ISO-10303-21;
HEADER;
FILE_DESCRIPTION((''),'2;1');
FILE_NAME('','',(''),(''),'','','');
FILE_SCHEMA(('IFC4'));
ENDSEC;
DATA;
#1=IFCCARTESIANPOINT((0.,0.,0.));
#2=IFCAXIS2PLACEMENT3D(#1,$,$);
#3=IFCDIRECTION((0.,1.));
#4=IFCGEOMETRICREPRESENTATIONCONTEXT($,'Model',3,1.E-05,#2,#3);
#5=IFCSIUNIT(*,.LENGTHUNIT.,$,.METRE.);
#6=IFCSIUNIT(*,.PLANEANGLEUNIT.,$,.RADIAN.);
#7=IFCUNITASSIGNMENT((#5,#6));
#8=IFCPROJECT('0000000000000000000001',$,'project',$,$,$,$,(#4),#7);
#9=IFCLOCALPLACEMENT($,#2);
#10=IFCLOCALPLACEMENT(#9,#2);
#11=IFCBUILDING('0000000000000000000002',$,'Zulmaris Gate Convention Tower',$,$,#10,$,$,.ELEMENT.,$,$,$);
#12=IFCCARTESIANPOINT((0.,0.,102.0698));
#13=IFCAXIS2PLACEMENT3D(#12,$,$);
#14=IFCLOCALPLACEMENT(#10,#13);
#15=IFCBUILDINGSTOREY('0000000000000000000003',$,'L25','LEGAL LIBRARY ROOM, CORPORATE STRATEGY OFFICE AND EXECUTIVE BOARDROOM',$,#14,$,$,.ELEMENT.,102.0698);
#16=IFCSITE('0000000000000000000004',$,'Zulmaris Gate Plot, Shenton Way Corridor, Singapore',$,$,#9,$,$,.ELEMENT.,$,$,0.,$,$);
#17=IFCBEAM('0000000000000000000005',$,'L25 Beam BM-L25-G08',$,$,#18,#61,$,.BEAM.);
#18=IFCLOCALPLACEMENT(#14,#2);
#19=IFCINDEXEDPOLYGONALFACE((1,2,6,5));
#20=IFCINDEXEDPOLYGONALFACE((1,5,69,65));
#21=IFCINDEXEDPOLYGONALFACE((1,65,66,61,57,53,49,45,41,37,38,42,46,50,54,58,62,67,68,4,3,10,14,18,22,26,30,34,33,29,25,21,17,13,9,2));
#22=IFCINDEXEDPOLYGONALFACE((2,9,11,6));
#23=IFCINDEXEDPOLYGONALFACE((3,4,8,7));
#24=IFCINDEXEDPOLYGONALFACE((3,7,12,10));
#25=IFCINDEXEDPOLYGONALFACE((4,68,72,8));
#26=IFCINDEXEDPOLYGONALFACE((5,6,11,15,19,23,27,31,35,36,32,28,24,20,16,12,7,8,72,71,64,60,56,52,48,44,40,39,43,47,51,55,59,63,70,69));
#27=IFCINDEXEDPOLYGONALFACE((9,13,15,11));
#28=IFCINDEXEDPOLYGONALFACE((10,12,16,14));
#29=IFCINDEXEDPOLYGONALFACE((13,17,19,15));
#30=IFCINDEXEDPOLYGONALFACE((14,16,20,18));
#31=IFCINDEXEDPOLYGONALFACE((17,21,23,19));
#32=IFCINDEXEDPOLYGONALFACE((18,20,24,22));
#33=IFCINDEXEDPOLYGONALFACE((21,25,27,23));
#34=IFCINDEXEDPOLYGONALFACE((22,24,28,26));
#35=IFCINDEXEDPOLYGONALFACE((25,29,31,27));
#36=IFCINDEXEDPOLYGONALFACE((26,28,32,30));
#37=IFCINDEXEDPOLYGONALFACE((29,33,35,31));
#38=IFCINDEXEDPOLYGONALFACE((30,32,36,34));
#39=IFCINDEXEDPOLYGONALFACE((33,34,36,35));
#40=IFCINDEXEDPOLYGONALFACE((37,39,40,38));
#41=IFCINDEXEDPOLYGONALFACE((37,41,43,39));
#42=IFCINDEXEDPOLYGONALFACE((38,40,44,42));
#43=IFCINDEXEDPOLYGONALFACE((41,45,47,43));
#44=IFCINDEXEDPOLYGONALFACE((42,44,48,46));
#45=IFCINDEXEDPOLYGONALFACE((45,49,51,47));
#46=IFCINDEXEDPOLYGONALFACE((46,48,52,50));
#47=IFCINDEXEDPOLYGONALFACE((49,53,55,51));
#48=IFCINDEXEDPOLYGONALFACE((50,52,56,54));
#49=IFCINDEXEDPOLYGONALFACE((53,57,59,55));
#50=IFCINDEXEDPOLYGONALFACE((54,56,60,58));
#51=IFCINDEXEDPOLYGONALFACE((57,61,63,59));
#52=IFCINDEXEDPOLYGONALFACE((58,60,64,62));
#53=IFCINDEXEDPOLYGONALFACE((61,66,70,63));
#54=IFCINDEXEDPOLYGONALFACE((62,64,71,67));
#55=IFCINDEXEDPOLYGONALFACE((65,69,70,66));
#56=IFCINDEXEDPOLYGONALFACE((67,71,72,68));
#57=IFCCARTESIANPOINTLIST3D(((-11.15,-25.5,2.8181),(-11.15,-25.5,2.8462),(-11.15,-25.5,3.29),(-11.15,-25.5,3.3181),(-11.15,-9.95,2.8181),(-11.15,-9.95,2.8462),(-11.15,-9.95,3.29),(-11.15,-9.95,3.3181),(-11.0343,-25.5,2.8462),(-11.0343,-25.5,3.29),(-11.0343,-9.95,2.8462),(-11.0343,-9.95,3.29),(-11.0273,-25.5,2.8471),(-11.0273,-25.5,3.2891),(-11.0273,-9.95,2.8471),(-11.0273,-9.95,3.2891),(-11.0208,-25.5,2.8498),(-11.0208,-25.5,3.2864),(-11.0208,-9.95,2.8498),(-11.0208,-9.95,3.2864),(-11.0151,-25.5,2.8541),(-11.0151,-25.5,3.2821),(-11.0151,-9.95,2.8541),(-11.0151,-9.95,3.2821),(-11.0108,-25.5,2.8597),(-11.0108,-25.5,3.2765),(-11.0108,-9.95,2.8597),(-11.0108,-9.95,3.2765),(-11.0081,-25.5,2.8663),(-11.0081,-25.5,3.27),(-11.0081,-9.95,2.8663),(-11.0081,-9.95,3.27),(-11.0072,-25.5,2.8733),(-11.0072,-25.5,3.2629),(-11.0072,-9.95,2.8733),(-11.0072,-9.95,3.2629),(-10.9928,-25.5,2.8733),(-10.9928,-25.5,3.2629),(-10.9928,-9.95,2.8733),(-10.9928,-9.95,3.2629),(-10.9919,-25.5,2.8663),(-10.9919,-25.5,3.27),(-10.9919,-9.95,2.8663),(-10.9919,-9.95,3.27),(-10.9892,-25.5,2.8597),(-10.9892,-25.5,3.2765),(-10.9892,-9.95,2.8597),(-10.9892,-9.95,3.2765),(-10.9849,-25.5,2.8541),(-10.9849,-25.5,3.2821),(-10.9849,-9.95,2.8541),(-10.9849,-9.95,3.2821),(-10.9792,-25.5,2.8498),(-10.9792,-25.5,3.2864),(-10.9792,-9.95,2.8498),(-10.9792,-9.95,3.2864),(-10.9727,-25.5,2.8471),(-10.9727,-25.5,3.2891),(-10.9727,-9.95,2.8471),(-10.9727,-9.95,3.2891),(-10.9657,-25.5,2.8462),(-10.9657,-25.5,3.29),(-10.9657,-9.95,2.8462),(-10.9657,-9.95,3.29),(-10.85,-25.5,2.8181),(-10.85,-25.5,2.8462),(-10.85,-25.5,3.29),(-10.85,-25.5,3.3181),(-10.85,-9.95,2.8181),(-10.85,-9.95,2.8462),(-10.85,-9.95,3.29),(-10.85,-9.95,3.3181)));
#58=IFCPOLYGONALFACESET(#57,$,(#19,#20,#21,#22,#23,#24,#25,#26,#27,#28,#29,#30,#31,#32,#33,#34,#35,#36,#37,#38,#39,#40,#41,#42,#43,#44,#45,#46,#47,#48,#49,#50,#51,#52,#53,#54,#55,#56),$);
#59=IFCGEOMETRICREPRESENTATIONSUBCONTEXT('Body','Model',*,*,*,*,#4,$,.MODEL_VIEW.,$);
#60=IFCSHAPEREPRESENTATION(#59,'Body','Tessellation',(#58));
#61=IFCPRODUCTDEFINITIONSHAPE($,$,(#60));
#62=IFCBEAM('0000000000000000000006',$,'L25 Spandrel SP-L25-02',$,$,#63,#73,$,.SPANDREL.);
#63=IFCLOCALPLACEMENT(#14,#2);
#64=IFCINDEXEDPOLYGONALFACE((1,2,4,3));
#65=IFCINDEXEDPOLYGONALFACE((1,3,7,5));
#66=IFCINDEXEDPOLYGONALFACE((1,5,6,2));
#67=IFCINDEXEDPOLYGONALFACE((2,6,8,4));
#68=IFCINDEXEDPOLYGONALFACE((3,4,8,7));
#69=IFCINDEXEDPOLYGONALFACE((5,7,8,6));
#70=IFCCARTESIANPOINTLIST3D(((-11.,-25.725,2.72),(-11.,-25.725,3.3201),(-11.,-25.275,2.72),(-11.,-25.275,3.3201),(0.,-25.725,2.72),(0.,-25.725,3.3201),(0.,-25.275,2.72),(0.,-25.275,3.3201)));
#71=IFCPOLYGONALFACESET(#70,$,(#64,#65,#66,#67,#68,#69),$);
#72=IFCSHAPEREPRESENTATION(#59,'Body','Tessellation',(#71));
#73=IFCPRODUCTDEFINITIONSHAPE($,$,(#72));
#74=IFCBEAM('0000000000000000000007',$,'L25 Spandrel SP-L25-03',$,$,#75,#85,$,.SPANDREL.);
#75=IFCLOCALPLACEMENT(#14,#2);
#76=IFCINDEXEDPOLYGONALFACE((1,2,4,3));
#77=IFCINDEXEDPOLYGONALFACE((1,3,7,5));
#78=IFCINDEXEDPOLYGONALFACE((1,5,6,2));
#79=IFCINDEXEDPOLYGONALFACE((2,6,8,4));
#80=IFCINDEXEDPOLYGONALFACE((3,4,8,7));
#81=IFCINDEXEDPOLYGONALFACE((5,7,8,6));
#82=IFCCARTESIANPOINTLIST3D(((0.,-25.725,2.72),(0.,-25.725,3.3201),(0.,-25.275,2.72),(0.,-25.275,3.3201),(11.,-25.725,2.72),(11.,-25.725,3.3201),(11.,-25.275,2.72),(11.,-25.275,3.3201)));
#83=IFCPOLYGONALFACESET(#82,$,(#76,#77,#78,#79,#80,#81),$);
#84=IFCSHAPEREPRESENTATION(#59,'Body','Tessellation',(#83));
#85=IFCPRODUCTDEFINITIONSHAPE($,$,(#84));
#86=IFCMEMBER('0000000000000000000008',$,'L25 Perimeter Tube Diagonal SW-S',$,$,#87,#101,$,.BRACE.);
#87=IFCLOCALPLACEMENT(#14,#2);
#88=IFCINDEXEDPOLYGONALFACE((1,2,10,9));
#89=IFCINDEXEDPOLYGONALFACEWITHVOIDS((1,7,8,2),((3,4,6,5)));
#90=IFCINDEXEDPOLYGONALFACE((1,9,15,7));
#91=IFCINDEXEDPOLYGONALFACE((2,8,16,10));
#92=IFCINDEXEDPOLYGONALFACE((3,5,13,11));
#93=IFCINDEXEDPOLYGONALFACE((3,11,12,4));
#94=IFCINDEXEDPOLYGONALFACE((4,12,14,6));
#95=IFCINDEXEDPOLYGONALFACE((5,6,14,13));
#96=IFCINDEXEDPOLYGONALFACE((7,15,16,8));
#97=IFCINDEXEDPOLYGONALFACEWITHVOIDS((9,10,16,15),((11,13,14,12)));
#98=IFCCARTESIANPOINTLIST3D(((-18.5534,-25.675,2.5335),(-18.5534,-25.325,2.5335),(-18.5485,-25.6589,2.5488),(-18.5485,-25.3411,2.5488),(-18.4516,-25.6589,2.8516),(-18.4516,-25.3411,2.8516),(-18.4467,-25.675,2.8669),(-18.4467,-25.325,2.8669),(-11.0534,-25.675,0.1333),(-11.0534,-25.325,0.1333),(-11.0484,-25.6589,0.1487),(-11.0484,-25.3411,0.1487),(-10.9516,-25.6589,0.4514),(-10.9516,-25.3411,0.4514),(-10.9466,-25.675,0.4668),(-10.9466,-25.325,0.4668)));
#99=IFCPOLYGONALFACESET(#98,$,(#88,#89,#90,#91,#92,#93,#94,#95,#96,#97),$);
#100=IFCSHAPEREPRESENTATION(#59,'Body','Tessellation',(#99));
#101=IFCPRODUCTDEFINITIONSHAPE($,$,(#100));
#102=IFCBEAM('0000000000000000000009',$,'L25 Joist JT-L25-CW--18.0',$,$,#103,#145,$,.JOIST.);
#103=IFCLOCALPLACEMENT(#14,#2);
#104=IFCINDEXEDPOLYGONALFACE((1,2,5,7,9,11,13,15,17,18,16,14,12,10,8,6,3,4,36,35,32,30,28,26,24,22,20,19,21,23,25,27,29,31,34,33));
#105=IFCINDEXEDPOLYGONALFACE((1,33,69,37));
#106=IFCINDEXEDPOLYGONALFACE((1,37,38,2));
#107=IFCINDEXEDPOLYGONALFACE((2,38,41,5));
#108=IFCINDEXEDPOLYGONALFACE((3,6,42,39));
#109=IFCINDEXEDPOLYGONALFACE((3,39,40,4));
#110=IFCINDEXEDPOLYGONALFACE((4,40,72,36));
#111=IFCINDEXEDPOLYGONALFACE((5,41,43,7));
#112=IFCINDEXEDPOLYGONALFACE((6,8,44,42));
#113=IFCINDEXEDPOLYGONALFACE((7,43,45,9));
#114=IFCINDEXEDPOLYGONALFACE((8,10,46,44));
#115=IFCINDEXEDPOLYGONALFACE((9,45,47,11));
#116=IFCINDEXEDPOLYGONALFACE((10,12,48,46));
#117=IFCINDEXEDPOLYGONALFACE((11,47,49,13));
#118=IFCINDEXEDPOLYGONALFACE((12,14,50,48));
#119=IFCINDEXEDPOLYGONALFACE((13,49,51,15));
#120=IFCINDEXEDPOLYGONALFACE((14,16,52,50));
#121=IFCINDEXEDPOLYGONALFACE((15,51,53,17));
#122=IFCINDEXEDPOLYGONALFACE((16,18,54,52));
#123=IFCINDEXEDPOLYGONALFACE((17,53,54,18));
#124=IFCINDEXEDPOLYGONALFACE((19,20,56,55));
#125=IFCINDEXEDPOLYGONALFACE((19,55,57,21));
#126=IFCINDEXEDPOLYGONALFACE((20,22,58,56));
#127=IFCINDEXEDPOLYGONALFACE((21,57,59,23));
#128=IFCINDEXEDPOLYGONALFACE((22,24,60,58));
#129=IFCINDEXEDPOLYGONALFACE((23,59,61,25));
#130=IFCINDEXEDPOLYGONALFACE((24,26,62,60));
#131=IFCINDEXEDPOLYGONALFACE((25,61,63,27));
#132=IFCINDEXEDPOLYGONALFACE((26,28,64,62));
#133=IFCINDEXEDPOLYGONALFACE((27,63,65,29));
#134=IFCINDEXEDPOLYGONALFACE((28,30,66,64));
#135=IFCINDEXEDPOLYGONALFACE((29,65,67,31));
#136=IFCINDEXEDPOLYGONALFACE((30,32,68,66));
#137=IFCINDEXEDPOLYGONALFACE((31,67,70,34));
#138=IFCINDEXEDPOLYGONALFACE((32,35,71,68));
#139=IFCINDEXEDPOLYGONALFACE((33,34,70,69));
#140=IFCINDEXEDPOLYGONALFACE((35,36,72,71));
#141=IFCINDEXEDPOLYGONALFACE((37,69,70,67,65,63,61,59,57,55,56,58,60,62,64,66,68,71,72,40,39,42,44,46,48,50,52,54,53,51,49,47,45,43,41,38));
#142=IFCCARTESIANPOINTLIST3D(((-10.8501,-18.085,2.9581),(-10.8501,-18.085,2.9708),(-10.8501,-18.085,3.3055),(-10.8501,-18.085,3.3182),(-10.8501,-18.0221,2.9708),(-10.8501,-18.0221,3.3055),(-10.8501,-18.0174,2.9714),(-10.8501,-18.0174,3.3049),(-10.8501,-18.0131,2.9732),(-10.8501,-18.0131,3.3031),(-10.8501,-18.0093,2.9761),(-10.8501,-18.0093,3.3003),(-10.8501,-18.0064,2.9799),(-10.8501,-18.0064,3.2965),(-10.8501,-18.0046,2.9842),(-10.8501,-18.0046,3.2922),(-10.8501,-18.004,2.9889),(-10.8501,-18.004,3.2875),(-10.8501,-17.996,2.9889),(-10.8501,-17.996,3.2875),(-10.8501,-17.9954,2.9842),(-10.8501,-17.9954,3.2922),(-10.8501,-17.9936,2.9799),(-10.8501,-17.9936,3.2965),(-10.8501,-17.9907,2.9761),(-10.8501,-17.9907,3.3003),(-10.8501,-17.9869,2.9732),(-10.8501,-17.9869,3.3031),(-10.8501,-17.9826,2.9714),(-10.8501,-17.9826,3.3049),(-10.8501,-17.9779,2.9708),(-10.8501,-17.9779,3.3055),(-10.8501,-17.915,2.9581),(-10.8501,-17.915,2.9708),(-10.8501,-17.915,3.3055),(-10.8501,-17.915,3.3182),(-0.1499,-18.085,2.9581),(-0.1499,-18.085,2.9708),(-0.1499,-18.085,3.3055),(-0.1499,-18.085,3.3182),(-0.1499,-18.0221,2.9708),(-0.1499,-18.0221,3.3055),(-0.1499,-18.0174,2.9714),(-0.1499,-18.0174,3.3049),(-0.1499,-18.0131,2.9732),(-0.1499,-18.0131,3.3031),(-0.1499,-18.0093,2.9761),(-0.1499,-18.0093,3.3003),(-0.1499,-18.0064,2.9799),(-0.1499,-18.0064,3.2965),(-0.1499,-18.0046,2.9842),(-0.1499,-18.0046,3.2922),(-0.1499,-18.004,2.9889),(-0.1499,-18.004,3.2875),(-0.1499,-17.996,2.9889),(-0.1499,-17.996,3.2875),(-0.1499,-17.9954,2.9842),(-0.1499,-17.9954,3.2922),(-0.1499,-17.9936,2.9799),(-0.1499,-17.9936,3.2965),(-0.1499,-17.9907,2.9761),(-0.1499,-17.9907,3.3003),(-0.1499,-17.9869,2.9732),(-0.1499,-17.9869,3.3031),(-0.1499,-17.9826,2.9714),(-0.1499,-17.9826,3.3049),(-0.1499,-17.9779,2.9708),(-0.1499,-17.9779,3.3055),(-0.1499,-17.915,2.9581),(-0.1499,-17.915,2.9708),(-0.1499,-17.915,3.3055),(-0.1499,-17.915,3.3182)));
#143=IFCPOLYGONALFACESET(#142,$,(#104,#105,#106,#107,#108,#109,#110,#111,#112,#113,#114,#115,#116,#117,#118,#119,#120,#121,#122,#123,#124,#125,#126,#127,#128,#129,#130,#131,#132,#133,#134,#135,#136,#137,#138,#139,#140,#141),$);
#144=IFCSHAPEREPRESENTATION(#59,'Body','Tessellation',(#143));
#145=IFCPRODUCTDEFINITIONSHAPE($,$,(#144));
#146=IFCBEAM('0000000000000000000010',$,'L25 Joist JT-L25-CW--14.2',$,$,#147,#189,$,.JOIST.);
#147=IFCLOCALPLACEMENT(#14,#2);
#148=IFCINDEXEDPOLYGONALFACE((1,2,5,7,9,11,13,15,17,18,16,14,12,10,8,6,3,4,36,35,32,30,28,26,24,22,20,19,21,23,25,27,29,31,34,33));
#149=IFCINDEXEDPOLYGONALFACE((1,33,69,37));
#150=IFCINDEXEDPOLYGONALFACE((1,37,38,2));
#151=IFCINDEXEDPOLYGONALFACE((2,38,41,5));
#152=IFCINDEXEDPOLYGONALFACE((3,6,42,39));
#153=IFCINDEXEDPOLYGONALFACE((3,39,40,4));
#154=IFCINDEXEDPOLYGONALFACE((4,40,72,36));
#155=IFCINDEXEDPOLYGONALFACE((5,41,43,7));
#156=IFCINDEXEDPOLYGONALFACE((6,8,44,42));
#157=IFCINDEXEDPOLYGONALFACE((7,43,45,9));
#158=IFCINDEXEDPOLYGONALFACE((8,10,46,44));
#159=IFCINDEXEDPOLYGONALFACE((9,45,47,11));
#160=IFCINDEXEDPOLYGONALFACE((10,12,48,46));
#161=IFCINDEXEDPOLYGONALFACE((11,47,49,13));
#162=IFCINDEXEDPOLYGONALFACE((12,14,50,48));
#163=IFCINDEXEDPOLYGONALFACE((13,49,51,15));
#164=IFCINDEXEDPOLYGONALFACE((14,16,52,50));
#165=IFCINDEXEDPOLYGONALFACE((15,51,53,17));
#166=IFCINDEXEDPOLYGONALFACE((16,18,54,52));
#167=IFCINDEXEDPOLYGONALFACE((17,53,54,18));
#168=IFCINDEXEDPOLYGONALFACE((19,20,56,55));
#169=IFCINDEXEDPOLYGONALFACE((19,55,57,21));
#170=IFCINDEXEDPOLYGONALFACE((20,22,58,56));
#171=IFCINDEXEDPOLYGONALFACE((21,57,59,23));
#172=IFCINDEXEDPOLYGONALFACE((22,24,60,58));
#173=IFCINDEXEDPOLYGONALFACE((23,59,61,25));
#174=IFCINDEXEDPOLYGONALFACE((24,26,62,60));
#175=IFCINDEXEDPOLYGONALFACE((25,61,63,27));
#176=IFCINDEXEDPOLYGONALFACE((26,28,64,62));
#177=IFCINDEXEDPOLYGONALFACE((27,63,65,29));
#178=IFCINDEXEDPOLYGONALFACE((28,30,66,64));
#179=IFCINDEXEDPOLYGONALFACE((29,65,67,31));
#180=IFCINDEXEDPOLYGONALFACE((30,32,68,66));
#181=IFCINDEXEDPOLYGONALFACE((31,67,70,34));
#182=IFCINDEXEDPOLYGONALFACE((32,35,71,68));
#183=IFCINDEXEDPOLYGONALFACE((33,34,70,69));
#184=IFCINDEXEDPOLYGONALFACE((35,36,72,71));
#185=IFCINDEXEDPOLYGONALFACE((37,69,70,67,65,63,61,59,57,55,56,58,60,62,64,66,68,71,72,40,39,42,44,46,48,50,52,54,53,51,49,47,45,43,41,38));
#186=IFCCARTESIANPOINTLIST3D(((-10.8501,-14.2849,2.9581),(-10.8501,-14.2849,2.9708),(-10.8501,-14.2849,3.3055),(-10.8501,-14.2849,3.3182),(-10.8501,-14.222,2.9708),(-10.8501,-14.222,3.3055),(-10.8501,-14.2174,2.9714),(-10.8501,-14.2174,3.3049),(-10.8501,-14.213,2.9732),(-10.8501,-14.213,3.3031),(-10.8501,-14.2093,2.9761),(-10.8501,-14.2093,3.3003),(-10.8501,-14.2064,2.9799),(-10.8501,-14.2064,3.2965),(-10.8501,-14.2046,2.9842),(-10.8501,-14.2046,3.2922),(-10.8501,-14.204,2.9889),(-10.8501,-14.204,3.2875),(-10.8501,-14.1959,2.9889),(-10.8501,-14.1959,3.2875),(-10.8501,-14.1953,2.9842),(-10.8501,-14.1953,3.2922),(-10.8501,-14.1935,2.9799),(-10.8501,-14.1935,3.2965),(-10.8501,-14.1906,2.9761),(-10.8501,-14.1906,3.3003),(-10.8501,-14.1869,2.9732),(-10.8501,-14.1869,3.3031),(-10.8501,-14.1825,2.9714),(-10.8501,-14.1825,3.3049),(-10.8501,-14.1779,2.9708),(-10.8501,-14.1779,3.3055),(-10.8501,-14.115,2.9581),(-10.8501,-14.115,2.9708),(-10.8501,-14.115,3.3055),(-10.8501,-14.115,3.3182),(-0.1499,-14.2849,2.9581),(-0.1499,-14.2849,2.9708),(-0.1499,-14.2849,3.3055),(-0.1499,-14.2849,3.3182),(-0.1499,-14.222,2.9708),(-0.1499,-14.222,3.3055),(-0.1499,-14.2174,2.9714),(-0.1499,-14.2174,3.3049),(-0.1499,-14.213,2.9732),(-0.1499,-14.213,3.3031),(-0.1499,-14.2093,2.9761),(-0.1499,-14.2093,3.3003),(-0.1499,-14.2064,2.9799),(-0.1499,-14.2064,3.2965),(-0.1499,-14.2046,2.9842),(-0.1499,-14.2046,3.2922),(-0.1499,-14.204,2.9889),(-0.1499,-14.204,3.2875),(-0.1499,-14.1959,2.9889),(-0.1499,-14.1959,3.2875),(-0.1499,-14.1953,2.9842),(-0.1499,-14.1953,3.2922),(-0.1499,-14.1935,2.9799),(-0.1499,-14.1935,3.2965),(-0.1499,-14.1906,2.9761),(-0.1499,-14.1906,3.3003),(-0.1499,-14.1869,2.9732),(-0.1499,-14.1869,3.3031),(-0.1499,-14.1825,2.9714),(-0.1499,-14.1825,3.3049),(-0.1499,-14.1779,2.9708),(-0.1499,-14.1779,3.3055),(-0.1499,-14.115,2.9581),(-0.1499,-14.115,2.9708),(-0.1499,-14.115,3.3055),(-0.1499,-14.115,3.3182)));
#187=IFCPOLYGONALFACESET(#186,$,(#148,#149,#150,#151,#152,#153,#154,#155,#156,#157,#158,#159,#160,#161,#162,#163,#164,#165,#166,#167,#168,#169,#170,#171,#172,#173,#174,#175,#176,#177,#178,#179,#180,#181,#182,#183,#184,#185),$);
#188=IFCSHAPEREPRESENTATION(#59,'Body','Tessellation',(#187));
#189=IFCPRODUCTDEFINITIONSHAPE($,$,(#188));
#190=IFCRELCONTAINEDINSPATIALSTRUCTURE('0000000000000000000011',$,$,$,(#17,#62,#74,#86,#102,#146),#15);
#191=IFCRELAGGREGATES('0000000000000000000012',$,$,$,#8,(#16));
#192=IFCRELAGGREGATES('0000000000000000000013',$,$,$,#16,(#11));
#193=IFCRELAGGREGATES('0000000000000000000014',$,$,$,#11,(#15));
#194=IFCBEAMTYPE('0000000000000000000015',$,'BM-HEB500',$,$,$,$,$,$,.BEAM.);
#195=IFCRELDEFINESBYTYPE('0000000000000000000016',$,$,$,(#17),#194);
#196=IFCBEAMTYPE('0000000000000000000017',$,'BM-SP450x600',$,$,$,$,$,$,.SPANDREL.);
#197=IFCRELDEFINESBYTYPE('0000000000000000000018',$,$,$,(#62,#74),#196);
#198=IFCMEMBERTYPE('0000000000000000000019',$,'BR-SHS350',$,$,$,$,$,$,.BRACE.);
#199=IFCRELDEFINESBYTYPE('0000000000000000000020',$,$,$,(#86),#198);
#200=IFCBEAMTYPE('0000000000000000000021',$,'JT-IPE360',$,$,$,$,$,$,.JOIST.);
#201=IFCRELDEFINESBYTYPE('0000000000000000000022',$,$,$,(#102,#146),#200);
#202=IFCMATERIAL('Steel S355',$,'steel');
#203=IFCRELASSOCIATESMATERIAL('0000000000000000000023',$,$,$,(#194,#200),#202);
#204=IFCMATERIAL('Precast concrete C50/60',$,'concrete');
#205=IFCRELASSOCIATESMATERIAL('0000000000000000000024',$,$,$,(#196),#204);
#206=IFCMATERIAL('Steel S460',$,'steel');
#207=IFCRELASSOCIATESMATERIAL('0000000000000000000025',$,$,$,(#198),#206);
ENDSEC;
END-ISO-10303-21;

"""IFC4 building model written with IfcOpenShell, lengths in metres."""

from ifc_helpers import new_model, si_unit, direction, frame, origin, origin_2d, place, context, subcontext, project, spatial, rectangle, hollow_rectangle, i_section, extrude, material, material_profile, profile_set, type_object, element, save


model = new_model("IFC4")

# Units and contexts
model_context = context("Model", 3, precision=1e-05, world=origin(), true_north=direction((0.0, 1.0)))
body_context = subcontext(model_context, "Body", "Model", "MODEL_VIEW")
ifc_project = project(units=[si_unit("LENGTHUNIT", "METRE"), si_unit("PLANEANGLEUNIT", "RADIAN")], contexts=[model_context])

# Site, building, storey
site_placement = place(None, origin())
site = spatial("IfcSite", under=ifc_project, at=site_placement, Name="Zulmaris Gate Plot, Shenton Way Corridor, Singapore", CompositionType="ELEMENT", RefElevation=0.0)
building_placement = place(site_placement, origin())
building = spatial("IfcBuilding", under=site, at=building_placement, Name="Zulmaris Gate Convention Tower", CompositionType="ELEMENT")
storey_placement = place(building_placement, frame((0.0, 0.0, 102.0698)))
storey = spatial("IfcBuildingStorey", under=building, at=storey_placement, Name="L25", Description="LEGAL LIBRARY ROOM, CORPORATE STRATEGY OFFICE AND EXECUTIVE BOARDROOM", CompositionType="ELEMENT", Elevation=102.0698)

# Beams
ifc_material_1 = material(Name="Steel S355", Category="steel")
ifc_material_profile_1 = material_profile(ifc_material_1, i_section(OverallWidth=0.3, OverallDepth=0.5, WebThickness=0.0144, FlangeThickness=0.0281, FilletRadius=0.0271, at=origin_2d()), Name="HEB 500")
ifc_profile_set_1 = profile_set([ifc_material_profile_1], Name="Steel S355")
beam_type_1 = type_object("IfcBeamType", Name="BM-HEB500", PredefinedType="BEAM", material=ifc_profile_set_1)
beam_1_placement = place(storey_placement, frame((-11.0, -25.5, 3.0681), z_axis=(0.0, 1.0, 0.0), x_axis=(-1.0, 0.0, 0.0)))
element("IfcBeam", 1, at=beam_1_placement, inside=storey, type_object=beam_type_1, Name="L25 Beam BM-L25-G08", PredefinedType="BEAM", context=body_context, shape_type="SweptSolid", body=[
    extrude(i_section(OverallWidth=0.3, OverallDepth=0.5, WebThickness=0.0144, FlangeThickness=0.0281, FilletRadius=0.0271, at=origin_2d()), origin(), (0.0, 0.0, 1.0), 15.55),
])
ifc_material_2 = material(Name="Precast concrete C50/60", Category="concrete")
ifc_material_profile_2 = material_profile(ifc_material_2, rectangle(XDim=0.45, YDim=0.6001, at=origin_2d()), Name="RC SPANDREL 450x600")
ifc_profile_set_2 = profile_set([ifc_material_profile_2], Name="Precast concrete C50/60")
beam_type_2 = type_object("IfcBeamType", Name="BM-SP450x600", PredefinedType="SPANDREL", material=ifc_profile_set_2)
for number, where, z_axis, x_axis, name in (
    (2, (-11.0, -25.5, 3.02), (1.0, 0.0, 0.0), (0.0, 1.0, 0.0), "L25 Spandrel SP-L25-02"),
    (3, (0.0, -25.5, 3.02), (1.0, 0.0, 0.0), (0.0, 1.0, 0.0), "L25 Spandrel SP-L25-03"),
):
    element("IfcBeam", number, at=place(storey_placement, frame(where, z_axis=z_axis, x_axis=x_axis)), inside=storey, type_object=beam_type_2, Name=name, PredefinedType="SPANDREL", context=body_context, shape_type="SweptSolid", body=[
        extrude(rectangle(XDim=0.45, YDim=0.6001, at=origin_2d()), origin(), (0.0, 0.0, 1.0), 11.0),
    ])

# Member
ifc_material_3 = material(Name="Steel S460", Category="steel")
ifc_material_profile_3 = material_profile(ifc_material_3, hollow_rectangle(XDim=0.3501, YDim=0.3501, WallThickness=0.0161, at=origin_2d()), Name="SHS 350x350x16")
ifc_profile_set_3 = profile_set([ifc_material_profile_3], Name="Steel S460")
member_type = type_object("IfcMemberType", Name="BR-SHS350", PredefinedType="BRACE", material=ifc_profile_set_3)
member_placement = place(storey_placement, frame((-11.0, -25.5, 0.3), z_axis=(-0.952419, 0.0, 0.304793), x_axis=(0.0, -1.0, 0.0)))
element("IfcMember", 4, at=member_placement, inside=storey, type_object=member_type, Name="L25 Perimeter Tube Diagonal SW-S", PredefinedType="BRACE", context=body_context, shape_type="SweptSolid", body=[
    extrude(hollow_rectangle(XDim=0.3501, YDim=0.3501, WallThickness=0.0161, at=origin_2d()), origin(), (0.0, 0.0, 1.0), 7.8748),
])

# Beams
ifc_material_profile_4 = material_profile(ifc_material_1, i_section(OverallWidth=0.1699, OverallDepth=0.3601, WebThickness=0.0081, FlangeThickness=0.0127, FilletRadius=0.0181, at=origin_2d()), Name="IPE 360")
ifc_profile_set_4 = profile_set([ifc_material_profile_4], Name="Steel S355")
beam_type_3 = type_object("IfcBeamType", Name="JT-IPE360", PredefinedType="JOIST", material=ifc_profile_set_4)
for number, where, z_axis, x_axis, name in (
    (5, (-10.8501, -18.0, 3.1382), (1.0, 0.0, 0.0), (0.0, 1.0, 0.0), "L25 Joist JT-L25-CW--18.0"),
    (6, (-10.8501, -14.2, 3.1382), (1.0, 0.0, 0.0), (0.0, 1.0, 0.0), "L25 Joist JT-L25-CW--14.2"),
):
    element("IfcBeam", number, at=place(storey_placement, frame(where, z_axis=z_axis, x_axis=x_axis)), inside=storey, type_object=beam_type_3, Name=name, PredefinedType="JOIST", context=body_context, shape_type="SweptSolid", body=[
        extrude(i_section(OverallWidth=0.1699, OverallDepth=0.3601, WebThickness=0.0081, FlangeThickness=0.0127, FilletRadius=0.0181, at=origin_2d()), origin(), (0.0, 0.0, 1.0), 10.7002),
    ])

save(model, "model.ifc")
